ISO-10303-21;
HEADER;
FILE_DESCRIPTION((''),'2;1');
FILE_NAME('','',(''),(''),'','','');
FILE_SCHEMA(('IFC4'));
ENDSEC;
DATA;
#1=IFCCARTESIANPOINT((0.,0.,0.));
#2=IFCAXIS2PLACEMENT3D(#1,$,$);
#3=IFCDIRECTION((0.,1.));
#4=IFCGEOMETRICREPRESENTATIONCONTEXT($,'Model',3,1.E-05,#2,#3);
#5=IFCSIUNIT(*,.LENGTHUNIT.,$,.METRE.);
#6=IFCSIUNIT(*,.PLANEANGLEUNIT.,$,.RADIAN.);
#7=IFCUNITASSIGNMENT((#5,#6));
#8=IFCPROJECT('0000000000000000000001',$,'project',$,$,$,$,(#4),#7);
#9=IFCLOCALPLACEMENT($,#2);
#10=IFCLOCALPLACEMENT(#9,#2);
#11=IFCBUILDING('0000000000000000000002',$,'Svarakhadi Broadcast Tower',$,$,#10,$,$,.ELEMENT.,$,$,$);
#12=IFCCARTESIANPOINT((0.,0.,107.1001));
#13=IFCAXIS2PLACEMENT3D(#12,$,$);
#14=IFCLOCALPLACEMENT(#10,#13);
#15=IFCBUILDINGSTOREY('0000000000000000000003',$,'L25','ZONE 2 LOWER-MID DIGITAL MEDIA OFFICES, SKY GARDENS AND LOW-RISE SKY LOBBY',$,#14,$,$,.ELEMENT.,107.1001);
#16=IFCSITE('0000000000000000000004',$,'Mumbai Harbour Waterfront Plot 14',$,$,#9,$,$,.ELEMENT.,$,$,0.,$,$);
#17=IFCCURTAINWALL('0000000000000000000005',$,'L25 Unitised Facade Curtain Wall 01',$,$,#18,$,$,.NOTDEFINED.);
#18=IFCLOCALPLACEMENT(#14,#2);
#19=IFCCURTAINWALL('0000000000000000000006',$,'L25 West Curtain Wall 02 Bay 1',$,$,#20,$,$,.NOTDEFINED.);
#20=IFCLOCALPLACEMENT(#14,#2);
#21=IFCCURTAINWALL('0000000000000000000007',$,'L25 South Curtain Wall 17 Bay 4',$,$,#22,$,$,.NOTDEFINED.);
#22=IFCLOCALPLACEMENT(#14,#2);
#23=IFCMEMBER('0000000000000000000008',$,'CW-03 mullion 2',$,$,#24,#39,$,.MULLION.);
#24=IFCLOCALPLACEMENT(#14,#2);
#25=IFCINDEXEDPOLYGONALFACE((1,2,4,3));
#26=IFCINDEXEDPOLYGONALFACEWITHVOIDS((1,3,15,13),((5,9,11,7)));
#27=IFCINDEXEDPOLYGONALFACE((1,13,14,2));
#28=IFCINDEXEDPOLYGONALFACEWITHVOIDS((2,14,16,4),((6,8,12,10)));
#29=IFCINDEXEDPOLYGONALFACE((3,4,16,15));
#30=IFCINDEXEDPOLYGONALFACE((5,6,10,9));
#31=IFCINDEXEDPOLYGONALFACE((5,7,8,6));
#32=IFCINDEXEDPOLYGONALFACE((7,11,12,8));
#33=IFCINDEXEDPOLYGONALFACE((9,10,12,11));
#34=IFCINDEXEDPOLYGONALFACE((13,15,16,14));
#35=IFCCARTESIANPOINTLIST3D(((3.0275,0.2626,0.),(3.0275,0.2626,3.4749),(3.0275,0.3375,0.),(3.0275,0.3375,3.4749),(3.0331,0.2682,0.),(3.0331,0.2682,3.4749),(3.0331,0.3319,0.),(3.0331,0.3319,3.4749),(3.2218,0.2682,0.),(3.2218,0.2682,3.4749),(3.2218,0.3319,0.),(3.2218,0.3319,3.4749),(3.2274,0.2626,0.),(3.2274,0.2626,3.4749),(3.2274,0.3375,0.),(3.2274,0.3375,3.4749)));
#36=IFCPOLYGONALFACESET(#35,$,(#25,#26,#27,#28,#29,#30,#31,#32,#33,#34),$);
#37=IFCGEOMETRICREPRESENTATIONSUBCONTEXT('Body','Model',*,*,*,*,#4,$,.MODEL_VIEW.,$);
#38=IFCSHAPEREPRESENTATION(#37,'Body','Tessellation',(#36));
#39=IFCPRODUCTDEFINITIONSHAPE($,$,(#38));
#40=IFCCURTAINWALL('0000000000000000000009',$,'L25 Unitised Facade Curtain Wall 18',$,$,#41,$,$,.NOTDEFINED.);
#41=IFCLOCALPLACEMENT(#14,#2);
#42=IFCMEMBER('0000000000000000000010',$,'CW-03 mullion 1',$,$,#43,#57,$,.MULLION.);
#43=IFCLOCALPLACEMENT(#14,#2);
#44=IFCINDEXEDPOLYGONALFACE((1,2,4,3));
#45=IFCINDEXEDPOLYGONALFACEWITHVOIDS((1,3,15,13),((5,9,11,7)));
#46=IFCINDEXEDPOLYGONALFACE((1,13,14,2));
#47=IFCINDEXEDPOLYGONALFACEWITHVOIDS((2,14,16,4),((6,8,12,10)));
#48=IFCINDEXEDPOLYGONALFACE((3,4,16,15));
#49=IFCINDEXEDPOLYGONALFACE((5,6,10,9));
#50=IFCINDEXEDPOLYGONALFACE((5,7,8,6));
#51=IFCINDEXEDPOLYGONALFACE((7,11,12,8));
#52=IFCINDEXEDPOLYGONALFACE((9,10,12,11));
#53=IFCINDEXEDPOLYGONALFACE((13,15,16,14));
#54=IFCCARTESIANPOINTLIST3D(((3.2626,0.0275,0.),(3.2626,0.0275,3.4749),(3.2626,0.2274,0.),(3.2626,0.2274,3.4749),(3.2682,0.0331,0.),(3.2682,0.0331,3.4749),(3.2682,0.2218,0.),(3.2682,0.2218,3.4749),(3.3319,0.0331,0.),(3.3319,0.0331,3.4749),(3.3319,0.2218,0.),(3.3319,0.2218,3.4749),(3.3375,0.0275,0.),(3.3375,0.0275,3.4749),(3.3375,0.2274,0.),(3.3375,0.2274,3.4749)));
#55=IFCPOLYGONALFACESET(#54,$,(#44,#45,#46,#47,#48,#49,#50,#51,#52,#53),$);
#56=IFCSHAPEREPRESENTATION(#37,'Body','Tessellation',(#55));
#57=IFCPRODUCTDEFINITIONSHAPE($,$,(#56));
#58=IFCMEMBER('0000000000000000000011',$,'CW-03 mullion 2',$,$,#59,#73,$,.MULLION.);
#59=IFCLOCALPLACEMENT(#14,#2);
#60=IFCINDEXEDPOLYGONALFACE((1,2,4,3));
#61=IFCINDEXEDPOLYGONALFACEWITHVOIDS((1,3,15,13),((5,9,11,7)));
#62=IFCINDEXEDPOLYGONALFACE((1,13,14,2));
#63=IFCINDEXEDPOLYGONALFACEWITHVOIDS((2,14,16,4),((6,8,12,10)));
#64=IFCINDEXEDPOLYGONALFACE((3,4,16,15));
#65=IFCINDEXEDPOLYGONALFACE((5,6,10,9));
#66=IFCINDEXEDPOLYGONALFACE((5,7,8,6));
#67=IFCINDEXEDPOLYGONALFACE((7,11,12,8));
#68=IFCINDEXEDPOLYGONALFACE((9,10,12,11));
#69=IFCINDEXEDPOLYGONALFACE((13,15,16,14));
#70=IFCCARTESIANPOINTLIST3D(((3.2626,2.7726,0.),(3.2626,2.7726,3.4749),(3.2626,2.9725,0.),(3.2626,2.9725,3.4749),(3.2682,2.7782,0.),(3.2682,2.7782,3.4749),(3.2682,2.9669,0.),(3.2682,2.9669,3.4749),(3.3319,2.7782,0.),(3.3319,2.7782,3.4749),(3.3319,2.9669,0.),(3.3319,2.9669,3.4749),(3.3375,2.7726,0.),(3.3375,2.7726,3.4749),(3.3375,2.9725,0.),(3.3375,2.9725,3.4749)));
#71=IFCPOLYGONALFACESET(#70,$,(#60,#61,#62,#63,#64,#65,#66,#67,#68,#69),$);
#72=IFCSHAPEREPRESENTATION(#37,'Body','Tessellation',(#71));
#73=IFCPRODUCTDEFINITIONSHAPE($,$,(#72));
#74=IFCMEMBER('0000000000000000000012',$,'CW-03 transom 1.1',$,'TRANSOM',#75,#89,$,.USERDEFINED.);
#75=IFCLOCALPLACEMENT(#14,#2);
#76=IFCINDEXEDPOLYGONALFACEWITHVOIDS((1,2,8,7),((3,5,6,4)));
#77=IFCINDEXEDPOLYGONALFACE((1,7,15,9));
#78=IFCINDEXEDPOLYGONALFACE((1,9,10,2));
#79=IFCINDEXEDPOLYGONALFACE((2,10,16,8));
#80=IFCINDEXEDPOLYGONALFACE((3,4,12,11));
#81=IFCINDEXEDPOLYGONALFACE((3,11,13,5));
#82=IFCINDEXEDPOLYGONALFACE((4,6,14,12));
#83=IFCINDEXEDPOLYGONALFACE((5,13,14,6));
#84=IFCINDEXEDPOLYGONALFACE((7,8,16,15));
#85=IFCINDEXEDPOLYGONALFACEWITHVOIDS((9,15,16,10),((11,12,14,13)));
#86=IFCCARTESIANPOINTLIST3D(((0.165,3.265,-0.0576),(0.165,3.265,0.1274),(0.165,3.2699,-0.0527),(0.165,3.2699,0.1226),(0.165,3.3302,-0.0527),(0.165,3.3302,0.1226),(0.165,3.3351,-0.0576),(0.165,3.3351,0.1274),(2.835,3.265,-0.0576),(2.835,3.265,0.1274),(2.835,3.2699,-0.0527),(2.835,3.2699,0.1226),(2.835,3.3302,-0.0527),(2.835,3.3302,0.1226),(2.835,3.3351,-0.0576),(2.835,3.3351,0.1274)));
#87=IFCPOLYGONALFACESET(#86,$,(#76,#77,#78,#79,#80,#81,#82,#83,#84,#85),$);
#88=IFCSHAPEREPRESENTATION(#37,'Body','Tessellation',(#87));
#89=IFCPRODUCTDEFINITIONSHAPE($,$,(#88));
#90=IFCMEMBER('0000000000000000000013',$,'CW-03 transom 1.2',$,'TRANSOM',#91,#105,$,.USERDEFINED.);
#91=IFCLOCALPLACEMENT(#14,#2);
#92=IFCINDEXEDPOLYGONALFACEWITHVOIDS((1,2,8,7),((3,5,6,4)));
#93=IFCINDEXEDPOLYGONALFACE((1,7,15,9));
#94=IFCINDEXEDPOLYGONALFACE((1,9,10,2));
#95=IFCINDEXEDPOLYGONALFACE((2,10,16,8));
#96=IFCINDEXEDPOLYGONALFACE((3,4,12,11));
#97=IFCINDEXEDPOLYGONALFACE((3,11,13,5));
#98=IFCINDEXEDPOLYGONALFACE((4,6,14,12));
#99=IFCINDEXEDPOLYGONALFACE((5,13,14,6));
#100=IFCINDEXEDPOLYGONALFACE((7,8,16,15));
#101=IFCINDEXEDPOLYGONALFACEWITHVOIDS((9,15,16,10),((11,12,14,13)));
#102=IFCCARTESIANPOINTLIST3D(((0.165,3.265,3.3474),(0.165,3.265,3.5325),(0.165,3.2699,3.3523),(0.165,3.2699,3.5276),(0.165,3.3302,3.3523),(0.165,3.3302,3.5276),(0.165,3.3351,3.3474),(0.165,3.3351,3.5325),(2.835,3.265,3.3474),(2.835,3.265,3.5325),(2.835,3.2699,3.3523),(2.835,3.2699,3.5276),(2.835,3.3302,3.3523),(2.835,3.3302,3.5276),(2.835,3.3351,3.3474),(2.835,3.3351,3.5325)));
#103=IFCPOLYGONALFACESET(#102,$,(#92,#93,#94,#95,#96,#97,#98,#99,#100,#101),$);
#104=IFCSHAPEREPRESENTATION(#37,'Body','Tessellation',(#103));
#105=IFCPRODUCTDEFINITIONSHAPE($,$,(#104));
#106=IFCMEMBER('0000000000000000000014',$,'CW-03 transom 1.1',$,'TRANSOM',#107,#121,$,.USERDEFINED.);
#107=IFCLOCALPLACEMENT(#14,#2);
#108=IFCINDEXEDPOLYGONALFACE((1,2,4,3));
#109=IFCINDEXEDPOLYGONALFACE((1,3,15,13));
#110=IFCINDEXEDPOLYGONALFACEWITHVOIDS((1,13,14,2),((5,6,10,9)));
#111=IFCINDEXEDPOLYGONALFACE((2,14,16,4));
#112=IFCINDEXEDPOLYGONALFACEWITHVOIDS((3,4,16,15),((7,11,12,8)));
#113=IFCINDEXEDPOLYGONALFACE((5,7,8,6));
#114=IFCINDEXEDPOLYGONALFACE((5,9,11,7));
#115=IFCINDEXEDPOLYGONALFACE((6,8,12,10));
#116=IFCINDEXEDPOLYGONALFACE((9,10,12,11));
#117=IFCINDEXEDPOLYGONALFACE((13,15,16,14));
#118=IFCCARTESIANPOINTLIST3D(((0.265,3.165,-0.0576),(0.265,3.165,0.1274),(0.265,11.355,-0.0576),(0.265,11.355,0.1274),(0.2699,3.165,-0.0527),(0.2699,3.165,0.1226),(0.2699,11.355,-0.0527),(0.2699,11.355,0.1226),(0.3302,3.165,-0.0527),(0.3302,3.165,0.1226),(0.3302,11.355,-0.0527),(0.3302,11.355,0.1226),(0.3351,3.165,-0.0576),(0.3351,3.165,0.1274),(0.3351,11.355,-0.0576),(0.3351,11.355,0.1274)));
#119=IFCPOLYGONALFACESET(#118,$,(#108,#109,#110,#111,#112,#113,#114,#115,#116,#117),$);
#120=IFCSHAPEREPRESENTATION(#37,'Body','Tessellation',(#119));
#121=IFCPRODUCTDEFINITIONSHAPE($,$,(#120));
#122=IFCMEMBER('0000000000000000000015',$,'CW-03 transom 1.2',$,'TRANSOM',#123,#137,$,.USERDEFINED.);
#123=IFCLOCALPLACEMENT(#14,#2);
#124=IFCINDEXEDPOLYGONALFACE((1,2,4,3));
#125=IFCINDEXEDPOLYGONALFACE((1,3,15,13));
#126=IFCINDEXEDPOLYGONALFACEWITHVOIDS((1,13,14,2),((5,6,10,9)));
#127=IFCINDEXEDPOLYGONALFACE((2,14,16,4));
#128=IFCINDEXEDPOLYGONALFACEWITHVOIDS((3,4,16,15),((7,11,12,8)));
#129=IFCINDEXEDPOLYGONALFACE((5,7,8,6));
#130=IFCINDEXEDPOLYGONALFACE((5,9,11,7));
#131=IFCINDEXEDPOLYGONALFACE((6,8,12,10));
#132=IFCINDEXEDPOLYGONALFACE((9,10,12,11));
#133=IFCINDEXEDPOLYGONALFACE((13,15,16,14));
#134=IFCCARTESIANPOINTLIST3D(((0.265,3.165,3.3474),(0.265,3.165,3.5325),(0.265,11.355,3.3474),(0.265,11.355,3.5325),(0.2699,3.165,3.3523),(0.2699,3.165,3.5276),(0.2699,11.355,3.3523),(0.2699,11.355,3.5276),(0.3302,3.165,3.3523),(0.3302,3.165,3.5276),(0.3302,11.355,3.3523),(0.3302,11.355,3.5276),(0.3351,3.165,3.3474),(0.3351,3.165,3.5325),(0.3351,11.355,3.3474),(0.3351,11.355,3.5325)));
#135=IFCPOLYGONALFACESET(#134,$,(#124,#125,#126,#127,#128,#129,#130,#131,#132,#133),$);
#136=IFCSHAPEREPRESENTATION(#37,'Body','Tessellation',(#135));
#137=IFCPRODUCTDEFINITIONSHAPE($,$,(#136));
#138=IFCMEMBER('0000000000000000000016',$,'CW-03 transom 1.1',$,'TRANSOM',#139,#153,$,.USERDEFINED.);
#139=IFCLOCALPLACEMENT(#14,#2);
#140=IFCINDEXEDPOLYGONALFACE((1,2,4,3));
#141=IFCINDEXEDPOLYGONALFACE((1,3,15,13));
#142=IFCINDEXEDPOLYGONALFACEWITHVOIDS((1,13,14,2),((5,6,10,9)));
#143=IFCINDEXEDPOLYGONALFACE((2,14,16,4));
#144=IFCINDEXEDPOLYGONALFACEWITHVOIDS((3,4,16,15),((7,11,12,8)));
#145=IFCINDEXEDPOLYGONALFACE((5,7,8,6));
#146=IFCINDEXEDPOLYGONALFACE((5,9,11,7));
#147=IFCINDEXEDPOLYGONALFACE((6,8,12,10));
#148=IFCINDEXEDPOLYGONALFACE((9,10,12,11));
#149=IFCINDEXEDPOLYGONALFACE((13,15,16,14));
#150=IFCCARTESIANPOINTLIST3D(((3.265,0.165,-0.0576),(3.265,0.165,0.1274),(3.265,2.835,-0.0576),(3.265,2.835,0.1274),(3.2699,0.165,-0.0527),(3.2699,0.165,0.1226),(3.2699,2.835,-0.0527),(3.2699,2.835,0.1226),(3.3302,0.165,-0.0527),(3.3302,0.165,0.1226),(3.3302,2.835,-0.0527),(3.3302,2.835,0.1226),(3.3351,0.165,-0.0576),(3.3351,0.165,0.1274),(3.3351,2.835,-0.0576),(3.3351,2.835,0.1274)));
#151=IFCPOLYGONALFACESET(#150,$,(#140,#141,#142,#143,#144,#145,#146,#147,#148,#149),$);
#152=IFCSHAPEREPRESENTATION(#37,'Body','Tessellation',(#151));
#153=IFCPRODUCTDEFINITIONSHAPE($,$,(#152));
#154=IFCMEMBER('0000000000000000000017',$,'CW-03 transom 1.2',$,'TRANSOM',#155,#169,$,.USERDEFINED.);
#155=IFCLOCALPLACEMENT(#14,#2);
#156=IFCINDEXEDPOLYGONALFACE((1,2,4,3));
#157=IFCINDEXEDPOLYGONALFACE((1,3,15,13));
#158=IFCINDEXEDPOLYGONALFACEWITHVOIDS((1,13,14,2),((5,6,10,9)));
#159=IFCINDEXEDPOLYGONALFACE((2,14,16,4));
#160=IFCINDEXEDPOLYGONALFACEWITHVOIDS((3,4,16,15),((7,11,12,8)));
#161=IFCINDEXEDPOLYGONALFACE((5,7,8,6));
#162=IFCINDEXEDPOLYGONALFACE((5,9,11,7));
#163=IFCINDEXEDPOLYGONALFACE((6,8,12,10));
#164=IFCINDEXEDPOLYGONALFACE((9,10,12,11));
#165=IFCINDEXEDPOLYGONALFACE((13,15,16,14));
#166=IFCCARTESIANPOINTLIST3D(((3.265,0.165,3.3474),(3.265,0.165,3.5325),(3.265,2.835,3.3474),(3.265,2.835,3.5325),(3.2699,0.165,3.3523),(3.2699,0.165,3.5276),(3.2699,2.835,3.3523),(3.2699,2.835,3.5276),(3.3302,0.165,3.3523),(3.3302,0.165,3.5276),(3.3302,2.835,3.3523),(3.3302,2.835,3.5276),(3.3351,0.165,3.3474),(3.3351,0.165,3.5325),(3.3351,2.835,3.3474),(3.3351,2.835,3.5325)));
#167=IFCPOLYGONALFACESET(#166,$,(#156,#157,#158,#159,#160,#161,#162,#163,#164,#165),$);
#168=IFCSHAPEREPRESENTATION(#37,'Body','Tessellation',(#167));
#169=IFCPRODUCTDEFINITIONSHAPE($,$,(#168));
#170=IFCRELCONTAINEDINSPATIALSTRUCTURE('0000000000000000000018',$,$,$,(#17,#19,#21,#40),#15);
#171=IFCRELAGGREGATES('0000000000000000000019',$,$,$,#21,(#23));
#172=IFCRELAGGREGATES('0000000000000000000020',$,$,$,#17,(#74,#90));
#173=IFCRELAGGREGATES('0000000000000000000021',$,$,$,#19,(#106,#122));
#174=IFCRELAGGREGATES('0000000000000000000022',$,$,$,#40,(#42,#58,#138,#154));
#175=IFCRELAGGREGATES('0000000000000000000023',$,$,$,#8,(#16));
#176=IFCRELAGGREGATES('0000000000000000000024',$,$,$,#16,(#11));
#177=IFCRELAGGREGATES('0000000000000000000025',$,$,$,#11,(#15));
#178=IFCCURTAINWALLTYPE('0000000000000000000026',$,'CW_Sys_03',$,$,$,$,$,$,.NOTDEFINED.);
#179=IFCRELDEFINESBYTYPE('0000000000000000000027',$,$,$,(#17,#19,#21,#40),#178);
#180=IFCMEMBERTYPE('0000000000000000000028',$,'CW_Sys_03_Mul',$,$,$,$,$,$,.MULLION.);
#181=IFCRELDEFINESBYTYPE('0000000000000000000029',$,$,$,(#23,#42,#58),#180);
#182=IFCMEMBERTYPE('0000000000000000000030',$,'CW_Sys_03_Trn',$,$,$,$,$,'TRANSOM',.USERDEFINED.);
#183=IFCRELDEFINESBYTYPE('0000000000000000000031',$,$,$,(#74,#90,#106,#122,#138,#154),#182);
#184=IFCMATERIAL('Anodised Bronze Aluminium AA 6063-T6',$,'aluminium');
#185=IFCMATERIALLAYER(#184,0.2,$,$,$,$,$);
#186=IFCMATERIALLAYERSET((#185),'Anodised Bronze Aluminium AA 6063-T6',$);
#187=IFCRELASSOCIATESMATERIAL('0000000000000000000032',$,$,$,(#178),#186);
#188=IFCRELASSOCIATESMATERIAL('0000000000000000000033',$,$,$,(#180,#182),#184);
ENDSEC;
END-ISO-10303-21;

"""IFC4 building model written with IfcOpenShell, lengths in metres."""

from ifc_helpers import new_model, si_unit, direction, frame, origin, origin_2d, place, context, subcontext, project, spatial, hollow_rectangle, extrude, material, layer, layer_set, material_profile, profile_set, type_object, element, aggregate, save


model = new_model("IFC4")

# Units and contexts
model_context = context("Model", 3, precision=1e-05, world=origin(), true_north=direction((0.0, 1.0)))
body_context = subcontext(model_context, "Body", "Model", "MODEL_VIEW")
ifc_project = project(units=[si_unit("LENGTHUNIT", "METRE"), si_unit("PLANEANGLEUNIT", "RADIAN")], contexts=[model_context])

# Site, building, storey
site_placement = place(None, origin())
site = spatial("IfcSite", under=ifc_project, at=site_placement, Name="Mumbai Harbour Waterfront Plot 14", CompositionType="ELEMENT", RefElevation=0.0)
building_placement = place(site_placement, origin())
building = spatial("IfcBuilding", under=site, at=building_placement, Name="Svarakhadi Broadcast Tower", CompositionType="ELEMENT")
storey_placement = place(building_placement, frame((0.0, 0.0, 107.1001)))
storey = spatial("IfcBuildingStorey", under=building, at=storey_placement, Name="L25", Description="ZONE 2 LOWER-MID DIGITAL MEDIA OFFICES, SKY GARDENS AND LOW-RISE SKY LOBBY", CompositionType="ELEMENT", Elevation=107.1001)

# Curtain wall
ifc_material_1 = material(Name="Anodised Bronze Aluminium AA 6063-T6", Category="aluminium")
ifc_layer_1 = layer(ifc_material_1, 0.2)
ifc_layer_set_1 = layer_set([ifc_layer_1], Name="Anodised Bronze Aluminium AA 6063-T6")
curtain_wall_type = type_object("IfcCurtainWallType", Name="CW_Sys_03", PredefinedType="NOTDEFINED", material=ifc_layer_set_1)
curtain_wall_1_placement = place(storey_placement, origin())
curtain_wall_1 = element("IfcCurtainWall", 1, at=curtain_wall_1_placement, inside=storey, type_object=curtain_wall_type, Name="L25 Unitised Facade Curtain Wall 01", PredefinedType="NOTDEFINED")
ifc_material_profile_1 = material_profile(ifc_material_1, hollow_rectangle(XDim=0.075, YDim=0.2, WallThickness=0.0056, at=origin_2d()), Name="ALU MULLION 200x75x6")
ifc_profile_set_1 = profile_set([ifc_material_profile_1], Name="Anodised Bronze Aluminium AA 6063-T6")
member_type_1 = type_object("IfcMemberType", Name="CW_Sys_03_Mul", PredefinedType="MULLION", material=ifc_profile_set_1)

# Curtain walls, member
curtain_wall_2_placement = place(storey_placement, origin())
curtain_wall_2 = element("IfcCurtainWall", 2, at=curtain_wall_2_placement, inside=storey, type_object=curtain_wall_type, Name="L25 West Curtain Wall 02 Bay 1", PredefinedType="NOTDEFINED")
curtain_wall_3_placement = place(storey_placement, origin())
curtain_wall_3 = element("IfcCurtainWall", 3, at=curtain_wall_3_placement, inside=storey, type_object=curtain_wall_type, Name="L25 South Curtain Wall 17 Bay 4", PredefinedType="NOTDEFINED")
member_1_placement = place(storey_placement, frame((3.1274, 0.3, 0.0), z_axis=(0.0, 0.0, 1.0), x_axis=(0.0, -1.0, 0.0)))
member_1 = element("IfcMember", 4, at=member_1_placement, type_object=member_type_1, Name="CW-03 mullion 2", PredefinedType="MULLION", context=body_context, shape_type="SweptSolid", body=[
    extrude(hollow_rectangle(XDim=0.075, YDim=0.2, WallThickness=0.0056, at=origin_2d()), origin(), (0.0, 0.0, 1.0), 3.4749),
])
aggregate(curtain_wall_3, [member_1])

# Curtain wall, members
curtain_wall_4_placement = place(storey_placement, origin())
curtain_wall_4 = element("IfcCurtainWall", 5, at=curtain_wall_4_placement, inside=storey, type_object=curtain_wall_type, Name="L25 Unitised Facade Curtain Wall 18", PredefinedType="NOTDEFINED")
member_2_placement = place(storey_placement, frame((3.3, 0.1274, 0.0), z_axis=(0.0, 0.0, 1.0), x_axis=(-1.0, 0.0, 0.0)))
member_2 = element("IfcMember", 6, at=member_2_placement, type_object=member_type_1, Name="CW-03 mullion 1", PredefinedType="MULLION", context=body_context, shape_type="SweptSolid", body=[
    extrude(hollow_rectangle(XDim=0.075, YDim=0.2, WallThickness=0.0056, at=origin_2d()), origin(), (0.0, 0.0, 1.0), 3.4749),
])
member_3_placement = place(storey_placement, frame((3.3, 2.8726, 0.0), z_axis=(0.0, 0.0, 1.0), x_axis=(-1.0, 0.0, 0.0)))
member_3 = element("IfcMember", 7, at=member_3_placement, type_object=member_type_1, Name="CW-03 mullion 2", PredefinedType="MULLION", context=body_context, shape_type="SweptSolid", body=[
    extrude(hollow_rectangle(XDim=0.075, YDim=0.2, WallThickness=0.0056, at=origin_2d()), origin(), (0.0, 0.0, 1.0), 3.4749),
])

# Members
ifc_material_profile_2 = material_profile(ifc_material_1, hollow_rectangle(XDim=0.0701, YDim=0.1851, WallThickness=0.0049, at=origin_2d()), Name="ALU TRANSOM 185x70x5")
ifc_profile_set_2 = profile_set([ifc_material_profile_2], Name="Anodised Bronze Aluminium AA 6063-T6")
member_type_2 = type_object("IfcMemberType", Name="CW_Sys_03_Trn", ElementType="TRANSOM", PredefinedType="USERDEFINED", material=ifc_profile_set_2)
member_4_placement = place(storey_placement, frame((2.835, 3.3, 0.0349), z_axis=(-1.0, 0.0, 0.0), x_axis=(0.0, -1.0, 0.0)))
member_4 = element("IfcMember", 8, at=member_4_placement, type_object=member_type_2, Name="CW-03 transom 1.1", ObjectType="TRANSOM", PredefinedType="USERDEFINED", context=body_context, shape_type="SweptSolid", body=[
    extrude(hollow_rectangle(XDim=0.0701, YDim=0.1851, WallThickness=0.0049, at=origin_2d()), origin(), (0.0, 0.0, 1.0), 2.6699),
])
member_5_placement = place(storey_placement, frame((2.835, 3.3, 3.4399), z_axis=(-1.0, 0.0, 0.0), x_axis=(0.0, -1.0, 0.0)))
member_5 = element("IfcMember", 9, at=member_5_placement, type_object=member_type_2, Name="CW-03 transom 1.2", ObjectType="TRANSOM", PredefinedType="USERDEFINED", context=body_context, shape_type="SweptSolid", body=[
    extrude(hollow_rectangle(XDim=0.0701, YDim=0.1851, WallThickness=0.0049, at=origin_2d()), origin(), (0.0, 0.0, 1.0), 2.6699),
])
member_6_placement = place(storey_placement, frame((0.3, 3.165, 0.0349), z_axis=(0.0, 1.0, 0.0), x_axis=(-1.0, 0.0, 0.0)))
member_6 = element("IfcMember", 10, at=member_6_placement, type_object=member_type_2, Name="CW-03 transom 1.1", ObjectType="TRANSOM", PredefinedType="USERDEFINED", context=body_context, shape_type="SweptSolid", body=[
    extrude(hollow_rectangle(XDim=0.0701, YDim=0.1851, WallThickness=0.0049, at=origin_2d()), origin(), (0.0, 0.0, 1.0), 8.1899),
])
member_7_placement = place(storey_placement, frame((0.3, 3.165, 3.4399), z_axis=(0.0, 1.0, 0.0), x_axis=(-1.0, 0.0, 0.0)))
member_7 = element("IfcMember", 11, at=member_7_placement, type_object=member_type_2, Name="CW-03 transom 1.2", ObjectType="TRANSOM", PredefinedType="USERDEFINED", context=body_context, shape_type="SweptSolid", body=[
    extrude(hollow_rectangle(XDim=0.0701, YDim=0.1851, WallThickness=0.0049, at=origin_2d()), origin(), (0.0, 0.0, 1.0), 8.1899),
])
member_8_placement = place(storey_placement, frame((3.3, 0.165, 0.0349), z_axis=(0.0, 1.0, 0.0), x_axis=(-1.0, 0.0, 0.0)))
member_8 = element("IfcMember", 12, at=member_8_placement, type_object=member_type_2, Name="CW-03 transom 1.1", ObjectType="TRANSOM", PredefinedType="USERDEFINED", context=body_context, shape_type="SweptSolid", body=[
    extrude(hollow_rectangle(XDim=0.0701, YDim=0.1851, WallThickness=0.0049, at=origin_2d()), origin(), (0.0, 0.0, 1.0), 2.6699),
])
member_9_placement = place(storey_placement, frame((3.3, 0.165, 3.4399), z_axis=(0.0, 1.0, 0.0), x_axis=(-1.0, 0.0, 0.0)))
member_9 = element("IfcMember", 13, at=member_9_placement, type_object=member_type_2, Name="CW-03 transom 1.2", ObjectType="TRANSOM", PredefinedType="USERDEFINED", context=body_context, shape_type="SweptSolid", body=[
    extrude(hollow_rectangle(XDim=0.0701, YDim=0.1851, WallThickness=0.0049, at=origin_2d()), origin(), (0.0, 0.0, 1.0), 2.6699),
])

aggregate(curtain_wall_1, [member_4, member_5])
aggregate(curtain_wall_2, [member_6, member_7])
aggregate(curtain_wall_4, [member_2, member_3, member_8, member_9])

save(model, "model.ifc")
